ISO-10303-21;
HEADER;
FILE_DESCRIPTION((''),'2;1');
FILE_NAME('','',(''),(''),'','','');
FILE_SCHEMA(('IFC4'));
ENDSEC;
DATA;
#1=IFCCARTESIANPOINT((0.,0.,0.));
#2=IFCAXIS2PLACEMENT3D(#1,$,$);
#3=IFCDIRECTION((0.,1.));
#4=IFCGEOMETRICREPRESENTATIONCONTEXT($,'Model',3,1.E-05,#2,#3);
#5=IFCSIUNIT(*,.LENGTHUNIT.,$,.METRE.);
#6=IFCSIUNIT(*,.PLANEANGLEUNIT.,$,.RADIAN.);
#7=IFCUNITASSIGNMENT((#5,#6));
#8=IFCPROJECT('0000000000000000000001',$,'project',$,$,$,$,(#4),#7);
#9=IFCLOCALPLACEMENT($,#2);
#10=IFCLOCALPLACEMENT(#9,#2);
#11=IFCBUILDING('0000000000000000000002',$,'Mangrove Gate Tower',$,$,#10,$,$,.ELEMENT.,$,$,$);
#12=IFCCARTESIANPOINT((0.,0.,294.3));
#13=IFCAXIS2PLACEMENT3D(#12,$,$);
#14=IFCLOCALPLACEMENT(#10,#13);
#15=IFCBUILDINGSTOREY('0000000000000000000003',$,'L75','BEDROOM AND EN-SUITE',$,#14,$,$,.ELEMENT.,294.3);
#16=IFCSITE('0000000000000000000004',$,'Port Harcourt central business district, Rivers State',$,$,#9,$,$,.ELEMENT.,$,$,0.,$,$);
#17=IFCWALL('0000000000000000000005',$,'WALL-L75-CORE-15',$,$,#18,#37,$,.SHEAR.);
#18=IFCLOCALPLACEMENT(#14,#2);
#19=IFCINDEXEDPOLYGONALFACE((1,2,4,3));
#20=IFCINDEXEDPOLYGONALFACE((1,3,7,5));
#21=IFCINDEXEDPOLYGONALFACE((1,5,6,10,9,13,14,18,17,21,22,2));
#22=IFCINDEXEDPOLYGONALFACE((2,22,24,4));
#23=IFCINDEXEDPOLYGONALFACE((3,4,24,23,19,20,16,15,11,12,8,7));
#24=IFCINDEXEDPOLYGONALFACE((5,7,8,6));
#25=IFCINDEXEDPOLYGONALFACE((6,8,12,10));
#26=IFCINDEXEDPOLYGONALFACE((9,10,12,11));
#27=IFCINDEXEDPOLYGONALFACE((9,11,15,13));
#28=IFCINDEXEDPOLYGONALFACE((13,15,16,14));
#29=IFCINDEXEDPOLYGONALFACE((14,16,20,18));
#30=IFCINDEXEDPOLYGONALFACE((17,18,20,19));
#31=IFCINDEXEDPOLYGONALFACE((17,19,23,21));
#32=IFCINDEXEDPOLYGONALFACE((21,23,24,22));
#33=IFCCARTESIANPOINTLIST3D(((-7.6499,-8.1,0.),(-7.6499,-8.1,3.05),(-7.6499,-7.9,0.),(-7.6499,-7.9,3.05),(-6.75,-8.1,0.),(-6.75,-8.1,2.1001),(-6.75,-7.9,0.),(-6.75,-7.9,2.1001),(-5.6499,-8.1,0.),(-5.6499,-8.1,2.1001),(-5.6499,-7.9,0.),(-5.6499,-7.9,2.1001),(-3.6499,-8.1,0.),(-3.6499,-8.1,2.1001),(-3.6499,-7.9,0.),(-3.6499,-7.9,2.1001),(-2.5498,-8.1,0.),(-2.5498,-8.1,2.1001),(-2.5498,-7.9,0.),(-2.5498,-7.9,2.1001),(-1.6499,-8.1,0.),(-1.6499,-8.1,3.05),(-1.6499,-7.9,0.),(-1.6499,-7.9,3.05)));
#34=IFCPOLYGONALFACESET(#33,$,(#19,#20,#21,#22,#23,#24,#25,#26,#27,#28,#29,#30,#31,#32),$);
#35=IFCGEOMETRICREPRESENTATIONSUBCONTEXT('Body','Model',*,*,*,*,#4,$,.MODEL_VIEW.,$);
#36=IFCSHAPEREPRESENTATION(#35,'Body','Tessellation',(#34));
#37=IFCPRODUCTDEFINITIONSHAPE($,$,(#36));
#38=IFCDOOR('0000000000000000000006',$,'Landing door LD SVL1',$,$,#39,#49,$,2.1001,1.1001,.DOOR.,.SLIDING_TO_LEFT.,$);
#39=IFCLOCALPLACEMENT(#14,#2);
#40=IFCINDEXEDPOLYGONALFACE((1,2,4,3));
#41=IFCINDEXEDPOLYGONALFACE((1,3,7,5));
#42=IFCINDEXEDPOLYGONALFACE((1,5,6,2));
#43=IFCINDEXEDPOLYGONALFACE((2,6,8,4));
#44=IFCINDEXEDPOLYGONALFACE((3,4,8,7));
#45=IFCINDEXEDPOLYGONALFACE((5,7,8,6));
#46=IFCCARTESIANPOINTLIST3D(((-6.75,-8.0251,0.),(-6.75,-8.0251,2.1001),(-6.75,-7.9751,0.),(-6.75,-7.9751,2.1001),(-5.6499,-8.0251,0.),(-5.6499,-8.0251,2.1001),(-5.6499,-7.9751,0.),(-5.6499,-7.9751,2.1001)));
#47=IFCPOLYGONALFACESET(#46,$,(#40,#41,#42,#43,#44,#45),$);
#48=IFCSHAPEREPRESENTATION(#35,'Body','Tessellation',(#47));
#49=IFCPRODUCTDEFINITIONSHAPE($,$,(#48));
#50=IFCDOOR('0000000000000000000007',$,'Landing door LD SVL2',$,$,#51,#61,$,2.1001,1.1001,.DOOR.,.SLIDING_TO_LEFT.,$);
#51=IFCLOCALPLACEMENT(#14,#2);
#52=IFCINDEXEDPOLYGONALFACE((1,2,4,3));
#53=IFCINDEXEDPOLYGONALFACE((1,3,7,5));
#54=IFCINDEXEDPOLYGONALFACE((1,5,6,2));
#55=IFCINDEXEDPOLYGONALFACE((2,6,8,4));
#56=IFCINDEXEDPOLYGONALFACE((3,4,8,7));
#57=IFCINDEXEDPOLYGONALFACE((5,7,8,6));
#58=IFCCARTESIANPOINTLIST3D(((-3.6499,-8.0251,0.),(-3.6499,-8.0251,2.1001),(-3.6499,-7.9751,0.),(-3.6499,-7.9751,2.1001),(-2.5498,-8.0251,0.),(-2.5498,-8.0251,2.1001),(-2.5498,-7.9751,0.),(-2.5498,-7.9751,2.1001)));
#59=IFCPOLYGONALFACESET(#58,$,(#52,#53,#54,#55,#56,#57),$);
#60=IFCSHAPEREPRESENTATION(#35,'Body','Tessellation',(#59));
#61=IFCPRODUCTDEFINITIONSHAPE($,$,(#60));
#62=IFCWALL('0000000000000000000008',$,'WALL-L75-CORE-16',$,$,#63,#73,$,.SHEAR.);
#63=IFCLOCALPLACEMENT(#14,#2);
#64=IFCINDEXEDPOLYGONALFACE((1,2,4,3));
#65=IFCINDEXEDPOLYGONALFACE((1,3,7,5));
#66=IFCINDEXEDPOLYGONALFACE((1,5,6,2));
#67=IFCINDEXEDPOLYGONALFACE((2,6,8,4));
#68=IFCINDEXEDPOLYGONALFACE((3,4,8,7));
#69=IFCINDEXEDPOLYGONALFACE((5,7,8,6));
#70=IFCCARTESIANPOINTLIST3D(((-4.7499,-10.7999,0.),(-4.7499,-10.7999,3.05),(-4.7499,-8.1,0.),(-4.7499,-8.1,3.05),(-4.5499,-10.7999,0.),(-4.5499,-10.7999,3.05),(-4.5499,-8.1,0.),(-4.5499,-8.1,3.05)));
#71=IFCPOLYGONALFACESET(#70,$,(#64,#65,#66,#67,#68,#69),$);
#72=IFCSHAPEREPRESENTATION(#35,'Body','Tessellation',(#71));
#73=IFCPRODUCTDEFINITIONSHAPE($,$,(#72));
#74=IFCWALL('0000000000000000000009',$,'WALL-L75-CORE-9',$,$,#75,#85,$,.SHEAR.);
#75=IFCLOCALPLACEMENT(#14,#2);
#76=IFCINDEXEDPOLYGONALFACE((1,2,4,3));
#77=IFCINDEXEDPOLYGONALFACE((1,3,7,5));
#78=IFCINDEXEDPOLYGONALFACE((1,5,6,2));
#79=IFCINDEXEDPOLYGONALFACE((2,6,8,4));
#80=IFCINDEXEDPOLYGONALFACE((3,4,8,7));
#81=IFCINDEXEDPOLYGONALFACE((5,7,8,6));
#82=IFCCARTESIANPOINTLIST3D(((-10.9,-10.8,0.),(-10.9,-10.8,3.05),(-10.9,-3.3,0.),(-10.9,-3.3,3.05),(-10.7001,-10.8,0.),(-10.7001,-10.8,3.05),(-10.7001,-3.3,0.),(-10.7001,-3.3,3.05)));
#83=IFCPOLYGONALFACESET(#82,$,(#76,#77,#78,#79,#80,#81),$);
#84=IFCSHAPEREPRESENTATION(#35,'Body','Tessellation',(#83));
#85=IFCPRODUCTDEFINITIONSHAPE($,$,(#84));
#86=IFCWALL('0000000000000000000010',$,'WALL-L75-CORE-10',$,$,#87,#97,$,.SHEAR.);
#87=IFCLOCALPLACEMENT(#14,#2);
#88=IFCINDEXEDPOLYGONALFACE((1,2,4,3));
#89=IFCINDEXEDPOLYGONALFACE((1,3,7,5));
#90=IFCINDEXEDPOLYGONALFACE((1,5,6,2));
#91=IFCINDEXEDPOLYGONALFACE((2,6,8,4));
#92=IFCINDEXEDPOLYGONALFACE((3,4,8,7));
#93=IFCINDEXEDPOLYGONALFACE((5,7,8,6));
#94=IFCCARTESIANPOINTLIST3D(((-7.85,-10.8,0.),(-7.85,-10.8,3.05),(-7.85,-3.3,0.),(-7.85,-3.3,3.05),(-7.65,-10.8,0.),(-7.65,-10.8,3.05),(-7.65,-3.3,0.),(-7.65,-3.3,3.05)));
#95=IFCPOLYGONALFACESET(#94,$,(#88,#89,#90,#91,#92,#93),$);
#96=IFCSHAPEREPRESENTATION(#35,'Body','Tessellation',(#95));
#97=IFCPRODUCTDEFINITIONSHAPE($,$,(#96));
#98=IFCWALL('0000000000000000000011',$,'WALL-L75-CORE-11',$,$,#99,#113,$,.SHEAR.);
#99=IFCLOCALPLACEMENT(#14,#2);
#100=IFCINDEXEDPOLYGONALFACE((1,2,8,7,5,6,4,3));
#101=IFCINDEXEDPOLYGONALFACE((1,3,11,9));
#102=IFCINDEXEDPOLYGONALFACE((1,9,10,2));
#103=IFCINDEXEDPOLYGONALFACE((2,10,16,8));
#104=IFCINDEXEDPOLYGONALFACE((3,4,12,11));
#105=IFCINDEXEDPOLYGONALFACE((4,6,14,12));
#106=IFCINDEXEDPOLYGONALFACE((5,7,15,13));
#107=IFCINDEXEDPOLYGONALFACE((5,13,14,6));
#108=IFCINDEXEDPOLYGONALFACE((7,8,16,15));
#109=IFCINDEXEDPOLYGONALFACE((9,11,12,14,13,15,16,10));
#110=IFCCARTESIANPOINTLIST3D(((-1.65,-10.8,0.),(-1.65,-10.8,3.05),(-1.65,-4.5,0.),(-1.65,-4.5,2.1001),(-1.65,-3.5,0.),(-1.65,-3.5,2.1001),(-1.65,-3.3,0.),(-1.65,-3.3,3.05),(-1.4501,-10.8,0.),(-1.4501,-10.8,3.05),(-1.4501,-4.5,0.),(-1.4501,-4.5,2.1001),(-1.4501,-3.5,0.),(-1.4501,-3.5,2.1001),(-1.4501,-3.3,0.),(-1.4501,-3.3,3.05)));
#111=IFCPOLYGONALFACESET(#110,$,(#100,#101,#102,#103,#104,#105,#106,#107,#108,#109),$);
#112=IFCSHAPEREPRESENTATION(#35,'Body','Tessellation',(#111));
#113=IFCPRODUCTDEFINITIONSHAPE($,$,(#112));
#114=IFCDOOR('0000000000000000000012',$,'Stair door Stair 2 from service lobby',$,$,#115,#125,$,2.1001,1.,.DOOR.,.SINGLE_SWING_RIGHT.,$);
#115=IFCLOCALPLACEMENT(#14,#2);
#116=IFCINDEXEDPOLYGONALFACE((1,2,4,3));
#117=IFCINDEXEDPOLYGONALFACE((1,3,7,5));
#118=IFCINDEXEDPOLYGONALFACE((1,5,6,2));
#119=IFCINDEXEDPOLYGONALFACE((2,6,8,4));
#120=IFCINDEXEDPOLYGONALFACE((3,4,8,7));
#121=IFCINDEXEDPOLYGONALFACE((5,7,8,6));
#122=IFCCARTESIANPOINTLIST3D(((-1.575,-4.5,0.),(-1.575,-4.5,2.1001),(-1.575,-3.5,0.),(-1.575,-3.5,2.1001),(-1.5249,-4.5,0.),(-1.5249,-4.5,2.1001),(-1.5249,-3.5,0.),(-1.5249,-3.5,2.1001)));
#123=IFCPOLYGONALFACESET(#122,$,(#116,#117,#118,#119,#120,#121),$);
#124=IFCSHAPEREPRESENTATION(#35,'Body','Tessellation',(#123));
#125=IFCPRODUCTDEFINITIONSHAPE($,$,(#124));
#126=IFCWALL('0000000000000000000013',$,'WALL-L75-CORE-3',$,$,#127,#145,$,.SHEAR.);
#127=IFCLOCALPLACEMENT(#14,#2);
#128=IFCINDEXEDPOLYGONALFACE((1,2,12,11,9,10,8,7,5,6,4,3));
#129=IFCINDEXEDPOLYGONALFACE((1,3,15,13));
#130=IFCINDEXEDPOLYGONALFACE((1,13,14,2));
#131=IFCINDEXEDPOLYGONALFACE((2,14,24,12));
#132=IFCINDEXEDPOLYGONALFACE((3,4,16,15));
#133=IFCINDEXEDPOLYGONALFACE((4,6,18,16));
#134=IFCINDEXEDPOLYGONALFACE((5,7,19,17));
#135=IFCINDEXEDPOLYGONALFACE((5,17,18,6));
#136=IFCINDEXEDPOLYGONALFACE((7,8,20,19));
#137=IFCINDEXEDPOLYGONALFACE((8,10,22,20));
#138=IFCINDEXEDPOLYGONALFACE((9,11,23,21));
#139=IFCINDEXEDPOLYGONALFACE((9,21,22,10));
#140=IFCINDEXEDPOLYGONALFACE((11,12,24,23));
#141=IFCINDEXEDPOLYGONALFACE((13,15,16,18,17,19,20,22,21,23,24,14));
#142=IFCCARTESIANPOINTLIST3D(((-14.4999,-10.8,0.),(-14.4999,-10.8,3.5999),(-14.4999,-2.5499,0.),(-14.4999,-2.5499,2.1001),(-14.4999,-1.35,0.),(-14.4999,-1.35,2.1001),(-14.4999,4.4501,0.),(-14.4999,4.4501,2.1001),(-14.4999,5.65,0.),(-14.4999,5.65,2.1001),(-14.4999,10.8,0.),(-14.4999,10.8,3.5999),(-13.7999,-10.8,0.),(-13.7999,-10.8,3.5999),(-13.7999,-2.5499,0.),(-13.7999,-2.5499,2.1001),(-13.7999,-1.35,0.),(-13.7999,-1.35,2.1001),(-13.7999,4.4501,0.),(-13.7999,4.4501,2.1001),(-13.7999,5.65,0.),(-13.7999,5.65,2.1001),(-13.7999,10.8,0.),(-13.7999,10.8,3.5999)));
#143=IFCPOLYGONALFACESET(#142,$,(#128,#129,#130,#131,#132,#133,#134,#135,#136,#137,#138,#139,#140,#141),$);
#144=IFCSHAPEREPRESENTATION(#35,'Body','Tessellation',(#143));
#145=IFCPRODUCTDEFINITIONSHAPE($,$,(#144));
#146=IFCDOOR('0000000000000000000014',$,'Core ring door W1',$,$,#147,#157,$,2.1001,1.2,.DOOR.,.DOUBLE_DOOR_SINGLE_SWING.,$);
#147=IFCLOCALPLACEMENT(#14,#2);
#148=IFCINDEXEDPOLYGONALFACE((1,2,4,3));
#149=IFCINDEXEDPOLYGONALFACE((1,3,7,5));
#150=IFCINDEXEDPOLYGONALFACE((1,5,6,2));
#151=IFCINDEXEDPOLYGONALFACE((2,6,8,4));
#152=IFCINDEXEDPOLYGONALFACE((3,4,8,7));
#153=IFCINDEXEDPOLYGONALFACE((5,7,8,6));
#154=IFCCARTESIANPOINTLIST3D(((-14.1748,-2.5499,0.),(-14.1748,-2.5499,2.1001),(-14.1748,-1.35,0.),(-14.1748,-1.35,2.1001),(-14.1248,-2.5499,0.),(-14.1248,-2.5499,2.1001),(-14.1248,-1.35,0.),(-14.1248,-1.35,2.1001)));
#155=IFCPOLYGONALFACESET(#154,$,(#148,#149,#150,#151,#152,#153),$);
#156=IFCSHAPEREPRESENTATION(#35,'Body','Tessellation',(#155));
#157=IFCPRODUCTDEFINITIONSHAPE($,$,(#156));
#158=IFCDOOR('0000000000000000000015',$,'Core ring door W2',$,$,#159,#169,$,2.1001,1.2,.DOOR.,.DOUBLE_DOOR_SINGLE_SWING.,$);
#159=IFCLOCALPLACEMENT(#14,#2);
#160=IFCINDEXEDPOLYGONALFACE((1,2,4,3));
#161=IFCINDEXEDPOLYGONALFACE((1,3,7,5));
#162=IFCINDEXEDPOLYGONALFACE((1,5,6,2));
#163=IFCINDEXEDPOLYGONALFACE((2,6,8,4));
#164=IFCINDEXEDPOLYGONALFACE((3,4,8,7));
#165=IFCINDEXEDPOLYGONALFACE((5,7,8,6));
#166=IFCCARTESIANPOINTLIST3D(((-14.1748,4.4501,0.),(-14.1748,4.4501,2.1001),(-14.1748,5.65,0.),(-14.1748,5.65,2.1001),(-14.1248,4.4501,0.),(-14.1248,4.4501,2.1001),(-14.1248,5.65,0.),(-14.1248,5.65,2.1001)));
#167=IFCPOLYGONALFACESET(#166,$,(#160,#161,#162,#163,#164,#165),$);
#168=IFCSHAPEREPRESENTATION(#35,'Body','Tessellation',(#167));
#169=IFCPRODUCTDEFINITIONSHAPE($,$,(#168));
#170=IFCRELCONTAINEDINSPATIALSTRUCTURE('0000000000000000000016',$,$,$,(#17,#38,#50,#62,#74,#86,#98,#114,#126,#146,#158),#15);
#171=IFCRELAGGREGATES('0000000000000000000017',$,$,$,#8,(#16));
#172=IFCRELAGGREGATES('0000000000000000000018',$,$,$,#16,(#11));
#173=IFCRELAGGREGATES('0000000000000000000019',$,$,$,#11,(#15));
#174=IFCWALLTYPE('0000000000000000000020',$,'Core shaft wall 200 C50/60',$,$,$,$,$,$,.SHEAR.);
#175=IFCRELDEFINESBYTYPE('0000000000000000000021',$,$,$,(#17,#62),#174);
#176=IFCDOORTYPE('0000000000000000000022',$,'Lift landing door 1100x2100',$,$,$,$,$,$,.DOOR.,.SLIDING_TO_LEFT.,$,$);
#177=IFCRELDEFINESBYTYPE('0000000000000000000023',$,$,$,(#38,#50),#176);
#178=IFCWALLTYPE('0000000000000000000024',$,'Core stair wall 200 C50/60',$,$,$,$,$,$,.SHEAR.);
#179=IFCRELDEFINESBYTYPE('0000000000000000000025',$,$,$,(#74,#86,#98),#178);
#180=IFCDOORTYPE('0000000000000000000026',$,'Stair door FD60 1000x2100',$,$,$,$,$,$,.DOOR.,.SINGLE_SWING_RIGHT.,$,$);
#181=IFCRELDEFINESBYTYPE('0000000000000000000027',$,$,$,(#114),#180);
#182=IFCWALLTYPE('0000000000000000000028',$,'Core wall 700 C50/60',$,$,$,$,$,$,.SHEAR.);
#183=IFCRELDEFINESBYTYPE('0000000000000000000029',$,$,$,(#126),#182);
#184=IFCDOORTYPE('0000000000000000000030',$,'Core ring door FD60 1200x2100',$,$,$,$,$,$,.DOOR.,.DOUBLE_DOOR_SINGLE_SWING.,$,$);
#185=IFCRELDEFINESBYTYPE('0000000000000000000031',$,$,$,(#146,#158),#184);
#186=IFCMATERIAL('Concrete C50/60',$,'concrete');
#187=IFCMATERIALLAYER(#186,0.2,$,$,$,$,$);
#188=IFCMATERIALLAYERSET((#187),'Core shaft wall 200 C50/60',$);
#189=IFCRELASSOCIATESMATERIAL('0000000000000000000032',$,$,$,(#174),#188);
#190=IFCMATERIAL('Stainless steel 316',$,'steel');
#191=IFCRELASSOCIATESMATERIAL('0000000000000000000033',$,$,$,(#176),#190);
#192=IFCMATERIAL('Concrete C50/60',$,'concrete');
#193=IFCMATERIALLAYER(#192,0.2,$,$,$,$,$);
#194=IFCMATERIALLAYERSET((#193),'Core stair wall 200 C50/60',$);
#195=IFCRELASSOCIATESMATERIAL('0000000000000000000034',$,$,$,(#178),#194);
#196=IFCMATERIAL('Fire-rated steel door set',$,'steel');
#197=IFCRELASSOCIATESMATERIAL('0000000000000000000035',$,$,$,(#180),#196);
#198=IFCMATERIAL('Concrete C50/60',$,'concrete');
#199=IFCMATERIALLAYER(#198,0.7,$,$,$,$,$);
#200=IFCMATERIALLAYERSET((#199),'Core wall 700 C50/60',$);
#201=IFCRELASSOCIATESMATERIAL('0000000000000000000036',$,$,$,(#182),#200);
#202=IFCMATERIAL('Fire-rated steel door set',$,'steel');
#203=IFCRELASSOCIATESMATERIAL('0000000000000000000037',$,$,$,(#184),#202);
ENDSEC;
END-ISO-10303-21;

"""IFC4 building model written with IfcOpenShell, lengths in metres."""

from ifc_helpers import new_model, si_unit, direction, frame, frame_2d, origin, place, context, subcontext, project, spatial, rectangle, extrude, material, layer, layer_set, type_object, element, fill, save


model = new_model("IFC4")

# Units and contexts
model_context = context("Model", 3, precision=1e-05, world=origin(), true_north=direction((0.0, 1.0)))
body_context = subcontext(model_context, "Body", "Model", "MODEL_VIEW")
ifc_project = project(units=[si_unit("LENGTHUNIT", "METRE"), si_unit("PLANEANGLEUNIT", "RADIAN")], contexts=[model_context])

# Site, building, storey
site_placement = place(None, origin())
site = spatial("IfcSite", under=ifc_project, at=site_placement, Name="Port Harcourt central business district, Rivers State", CompositionType="ELEMENT", RefElevation=0.0)
building_placement = place(site_placement, origin())
building = spatial("IfcBuilding", under=site, at=building_placement, Name="Mangrove Gate Tower", CompositionType="ELEMENT")
storey_placement = place(building_placement, frame((0.0, 0.0, 294.3)))
storey = spatial("IfcBuildingStorey", under=building, at=storey_placement, Name="L75", Description="BEDROOM AND EN-SUITE", CompositionType="ELEMENT", Elevation=294.3)

# Wall, openings, doors
ifc_material_1 = material(Name="Concrete C50/60", Category="concrete")
ifc_layer_1 = layer(ifc_material_1, 0.2)
ifc_layer_set_1 = layer_set([ifc_layer_1], Name="Core shaft wall 200 C50/60")
wall_type_1 = type_object("IfcWallType", Name="Core shaft wall 200 C50/60", PredefinedType="SHEAR", material=ifc_layer_set_1)
wall_1_placement = place(storey_placement, frame((-7.6499, -8.0, 0.0), z_axis=(0.0, 0.0, 1.0), x_axis=(1.0, 0.0, 0.0)))
wall_1 = element("IfcWall", 1, at=wall_1_placement, inside=storey, type_object=wall_type_1, Name="WALL-L75-CORE-15", PredefinedType="SHEAR", context=body_context, shape_type="SweptSolid", body=[
    extrude(rectangle(XDim=6.0, YDim=0.2, at=frame_2d((3.0, 0.0))), origin(), (0.0, 0.0, 1.0), 3.05),
])
opening_1_placement = place(wall_1_placement, frame((0.8999, 0.0, 0.0)))
opening_1 = element("IfcOpeningElement", 2, at=opening_1_placement, cuts=wall_1, PredefinedType="OPENING", context=body_context, shape_type="SweptSolid", body=[
    extrude(rectangle(XDim=1.1001, YDim=2.1001, at=frame_2d((0.55, 1.05))), frame((0.0, 0.1099, 0.0), z_axis=(0.0, -1.0, 0.0), x_axis=(1.0, 0.0, 0.0)), (0.0, 0.0, 1.0), 0.22),
])
opening_2_placement = place(wall_1_placement, frame((4.0, 0.0, 0.0)))
opening_2 = element("IfcOpeningElement", 3, at=opening_2_placement, cuts=wall_1, PredefinedType="OPENING", context=body_context, shape_type="SweptSolid", body=[
    extrude(rectangle(XDim=1.1001, YDim=2.1001, at=frame_2d((0.55, 1.05))), frame((0.0, 0.1099, 0.0), z_axis=(0.0, -1.0, 0.0), x_axis=(1.0, 0.0, 0.0)), (0.0, 0.0, 1.0), 0.22),
])
ifc_material_2 = material(Name="Stainless steel 316", Category="steel")
door_type_1 = type_object("IfcDoorType", Name="Lift landing door 1100x2100", OperationType="SLIDING_TO_LEFT", PredefinedType="DOOR", material=ifc_material_2)
door_1_placement = place(opening_1_placement, origin())
door_1 = element("IfcDoor", 4, at=door_1_placement, inside=storey, type_object=door_type_1, Name="Landing door LD SVL1", OperationType="SLIDING_TO_LEFT", OverallHeight=2.1001, OverallWidth=1.1001, PredefinedType="DOOR", context=body_context, shape_type="SweptSolid", body=[
    extrude(rectangle(XDim=1.1001, YDim=2.1001, at=frame_2d((0.55, 1.05))), frame((0.0, 0.0249, 0.0), z_axis=(0.0, -1.0, 0.0), x_axis=(1.0, 0.0, 0.0)), (0.0, 0.0, 1.0), 0.05),
])
fill(opening_1, door_1)
door_2_placement = place(opening_2_placement, origin())
door_2 = element("IfcDoor", 5, at=door_2_placement, inside=storey, type_object=door_type_1, Name="Landing door LD SVL2", OperationType="SLIDING_TO_LEFT", OverallHeight=2.1001, OverallWidth=1.1001, PredefinedType="DOOR", context=body_context, shape_type="SweptSolid", body=[
    extrude(rectangle(XDim=1.1001, YDim=2.1001, at=frame_2d((0.55, 1.05))), frame((0.0, 0.0249, 0.0), z_axis=(0.0, -1.0, 0.0), x_axis=(1.0, 0.0, 0.0)), (0.0, 0.0, 1.0), 0.05),
])
fill(opening_2, door_2)

# Walls
wall_2_placement = place(storey_placement, frame((-4.6499, -10.8, 0.0), z_axis=(0.0, 0.0, 1.0), x_axis=(0.0, 1.0, 0.0)))
element("IfcWall", 6, at=wall_2_placement, inside=storey, type_object=wall_type_1, Name="WALL-L75-CORE-16", PredefinedType="SHEAR", context=body_context, shape_type="SweptSolid", body=[
    extrude(rectangle(XDim=2.7, YDim=0.2, at=frame_2d((1.3501, 0.0))), origin(), (0.0, 0.0, 1.0), 3.05),
])
ifc_material_3 = material(Name="Concrete C50/60", Category="concrete")
ifc_layer_2 = layer(ifc_material_3, 0.2)
ifc_layer_set_2 = layer_set([ifc_layer_2], Name="Core stair wall 200 C50/60")
wall_type_2 = type_object("IfcWallType", Name="Core stair wall 200 C50/60", PredefinedType="SHEAR", material=ifc_layer_set_2)
for number, where, z_axis, x_axis, name in (
    (7, (-10.8, -10.8, 0.0), (0.0, 0.0, 1.0), (0.0, 1.0, 0.0), "WALL-L75-CORE-9"),
    (8, (-7.75, -10.8, 0.0), (0.0, 0.0, 1.0), (0.0, 1.0, 0.0), "WALL-L75-CORE-10"),
):
    element("IfcWall", number, at=place(storey_placement, frame(where, z_axis=z_axis, x_axis=x_axis)), inside=storey, type_object=wall_type_2, Name=name, PredefinedType="SHEAR", context=body_context, shape_type="SweptSolid", body=[
        extrude(rectangle(XDim=7.5, YDim=0.2, at=frame_2d((3.75, 0.0))), origin(), (0.0, 0.0, 1.0), 3.05),
    ])

# Wall, opening, door
wall_3_placement = place(storey_placement, frame((-1.55, -10.8, 0.0), z_axis=(0.0, 0.0, 1.0), x_axis=(0.0, 1.0, 0.0)))
wall_3 = element("IfcWall", 9, at=wall_3_placement, inside=storey, type_object=wall_type_2, Name="WALL-L75-CORE-11", PredefinedType="SHEAR", context=body_context, shape_type="SweptSolid", body=[
    extrude(rectangle(XDim=7.5, YDim=0.2, at=frame_2d((3.75, 0.0))), origin(), (0.0, 0.0, 1.0), 3.05),
])
opening_3_placement = place(wall_3_placement, frame((6.3, 0.0, 0.0)))
opening_3 = element("IfcOpeningElement", 10, at=opening_3_placement, cuts=wall_3, PredefinedType="OPENING", context=body_context, shape_type="SweptSolid", body=[
    extrude(rectangle(XDim=1.0, YDim=2.1001, at=frame_2d((0.5, 1.05))), frame((0.0, 0.1099, 0.0), z_axis=(0.0, -1.0, 0.0), x_axis=(1.0, 0.0, 0.0)), (0.0, 0.0, 1.0), 0.22),
])
ifc_material_4 = material(Name="Fire-rated steel door set", Category="steel")
door_type_2 = type_object("IfcDoorType", Name="Stair door FD60 1000x2100", OperationType="SINGLE_SWING_RIGHT", PredefinedType="DOOR", material=ifc_material_4)
door_3_placement = place(opening_3_placement, origin())
door_3 = element("IfcDoor", 11, at=door_3_placement, inside=storey, type_object=door_type_2, Name="Stair door Stair 2 from service lobby", OperationType="SINGLE_SWING_RIGHT", OverallHeight=2.1001, OverallWidth=1.0, PredefinedType="DOOR", context=body_context, shape_type="SweptSolid", body=[
    extrude(rectangle(XDim=1.0, YDim=2.1001, at=frame_2d((0.5, 1.05))), frame((0.0, 0.0249, 0.0), z_axis=(0.0, -1.0, 0.0), x_axis=(1.0, 0.0, 0.0)), (0.0, 0.0, 1.0), 0.05),
])
fill(opening_3, door_3)

# Wall, openings, doors
ifc_material_5 = material(Name="Concrete C50/60", Category="concrete")
ifc_layer_3 = layer(ifc_material_5, 0.7)
ifc_layer_set_3 = layer_set([ifc_layer_3], Name="Core wall 700 C50/60")
wall_type_3 = type_object("IfcWallType", Name="Core wall 700 C50/60", PredefinedType="SHEAR", material=ifc_layer_set_3)
wall_4_placement = place(storey_placement, frame((-14.1499, -10.8, 0.0), z_axis=(0.0, 0.0, 1.0), x_axis=(0.0, 1.0, 0.0)))
wall_4 = element("IfcWall", 12, at=wall_4_placement, inside=storey, type_object=wall_type_3, Name="WALL-L75-CORE-3", PredefinedType="SHEAR", context=body_context, shape_type="SweptSolid", body=[
    extrude(rectangle(XDim=21.6001, YDim=0.7, at=frame_2d((10.8, 0.0))), origin(), (0.0, 0.0, 1.0), 3.5999),
])
opening_4_placement = place(wall_4_placement, frame((8.25, 0.0, 0.0)))
opening_4 = element("IfcOpeningElement", 13, at=opening_4_placement, cuts=wall_4, PredefinedType="OPENING", context=body_context, shape_type="SweptSolid", body=[
    extrude(rectangle(XDim=1.2, YDim=2.1001, at=frame_2d((0.6001, 1.05))), frame((0.0, 0.3599, 0.0), z_axis=(0.0, -1.0, 0.0), x_axis=(1.0, 0.0, 0.0)), (0.0, 0.0, 1.0), 0.72),
])
opening_5_placement = place(wall_4_placement, frame((15.25, 0.0, 0.0)))
opening_5 = element("IfcOpeningElement", 14, at=opening_5_placement, cuts=wall_4, PredefinedType="OPENING", context=body_context, shape_type="SweptSolid", body=[
    extrude(rectangle(XDim=1.2, YDim=2.1001, at=frame_2d((0.6001, 1.05))), frame((0.0, 0.3599, 0.0), z_axis=(0.0, -1.0, 0.0), x_axis=(1.0, 0.0, 0.0)), (0.0, 0.0, 1.0), 0.72),
])
ifc_material_6 = material(Name="Fire-rated steel door set", Category="steel")
door_type_3 = type_object("IfcDoorType", Name="Core ring door FD60 1200x2100", OperationType="DOUBLE_DOOR_SINGLE_SWING", PredefinedType="DOOR", material=ifc_material_6)
door_4_placement = place(opening_4_placement, origin())
door_4 = element("IfcDoor", 15, at=door_4_placement, inside=storey, type_object=door_type_3, Name="Core ring door W1", OperationType="DOUBLE_DOOR_SINGLE_SWING", OverallHeight=2.1001, OverallWidth=1.2, PredefinedType="DOOR", context=body_context, shape_type="SweptSolid", body=[
    extrude(rectangle(XDim=1.2, YDim=2.1001, at=frame_2d((0.6001, 1.05))), frame((0.0, 0.0249, 0.0), z_axis=(0.0, -1.0, 0.0), x_axis=(1.0, 0.0, 0.0)), (0.0, 0.0, 1.0), 0.05),
])
fill(opening_4, door_4)
door_5_placement = place(opening_5_placement, origin())
door_5 = element("IfcDoor", 16, at=door_5_placement, inside=storey, type_object=door_type_3, Name="Core ring door W2", OperationType="DOUBLE_DOOR_SINGLE_SWING", OverallHeight=2.1001, OverallWidth=1.2, PredefinedType="DOOR", context=body_context, shape_type="SweptSolid", body=[
    extrude(rectangle(XDim=1.2, YDim=2.1001, at=frame_2d((0.6001, 1.05))), frame((0.0, 0.0249, 0.0), z_axis=(0.0, -1.0, 0.0), x_axis=(1.0, 0.0, 0.0)), (0.0, 0.0, 1.0), 0.05),
])
fill(opening_5, door_5)

save(model, "model.ifc")
